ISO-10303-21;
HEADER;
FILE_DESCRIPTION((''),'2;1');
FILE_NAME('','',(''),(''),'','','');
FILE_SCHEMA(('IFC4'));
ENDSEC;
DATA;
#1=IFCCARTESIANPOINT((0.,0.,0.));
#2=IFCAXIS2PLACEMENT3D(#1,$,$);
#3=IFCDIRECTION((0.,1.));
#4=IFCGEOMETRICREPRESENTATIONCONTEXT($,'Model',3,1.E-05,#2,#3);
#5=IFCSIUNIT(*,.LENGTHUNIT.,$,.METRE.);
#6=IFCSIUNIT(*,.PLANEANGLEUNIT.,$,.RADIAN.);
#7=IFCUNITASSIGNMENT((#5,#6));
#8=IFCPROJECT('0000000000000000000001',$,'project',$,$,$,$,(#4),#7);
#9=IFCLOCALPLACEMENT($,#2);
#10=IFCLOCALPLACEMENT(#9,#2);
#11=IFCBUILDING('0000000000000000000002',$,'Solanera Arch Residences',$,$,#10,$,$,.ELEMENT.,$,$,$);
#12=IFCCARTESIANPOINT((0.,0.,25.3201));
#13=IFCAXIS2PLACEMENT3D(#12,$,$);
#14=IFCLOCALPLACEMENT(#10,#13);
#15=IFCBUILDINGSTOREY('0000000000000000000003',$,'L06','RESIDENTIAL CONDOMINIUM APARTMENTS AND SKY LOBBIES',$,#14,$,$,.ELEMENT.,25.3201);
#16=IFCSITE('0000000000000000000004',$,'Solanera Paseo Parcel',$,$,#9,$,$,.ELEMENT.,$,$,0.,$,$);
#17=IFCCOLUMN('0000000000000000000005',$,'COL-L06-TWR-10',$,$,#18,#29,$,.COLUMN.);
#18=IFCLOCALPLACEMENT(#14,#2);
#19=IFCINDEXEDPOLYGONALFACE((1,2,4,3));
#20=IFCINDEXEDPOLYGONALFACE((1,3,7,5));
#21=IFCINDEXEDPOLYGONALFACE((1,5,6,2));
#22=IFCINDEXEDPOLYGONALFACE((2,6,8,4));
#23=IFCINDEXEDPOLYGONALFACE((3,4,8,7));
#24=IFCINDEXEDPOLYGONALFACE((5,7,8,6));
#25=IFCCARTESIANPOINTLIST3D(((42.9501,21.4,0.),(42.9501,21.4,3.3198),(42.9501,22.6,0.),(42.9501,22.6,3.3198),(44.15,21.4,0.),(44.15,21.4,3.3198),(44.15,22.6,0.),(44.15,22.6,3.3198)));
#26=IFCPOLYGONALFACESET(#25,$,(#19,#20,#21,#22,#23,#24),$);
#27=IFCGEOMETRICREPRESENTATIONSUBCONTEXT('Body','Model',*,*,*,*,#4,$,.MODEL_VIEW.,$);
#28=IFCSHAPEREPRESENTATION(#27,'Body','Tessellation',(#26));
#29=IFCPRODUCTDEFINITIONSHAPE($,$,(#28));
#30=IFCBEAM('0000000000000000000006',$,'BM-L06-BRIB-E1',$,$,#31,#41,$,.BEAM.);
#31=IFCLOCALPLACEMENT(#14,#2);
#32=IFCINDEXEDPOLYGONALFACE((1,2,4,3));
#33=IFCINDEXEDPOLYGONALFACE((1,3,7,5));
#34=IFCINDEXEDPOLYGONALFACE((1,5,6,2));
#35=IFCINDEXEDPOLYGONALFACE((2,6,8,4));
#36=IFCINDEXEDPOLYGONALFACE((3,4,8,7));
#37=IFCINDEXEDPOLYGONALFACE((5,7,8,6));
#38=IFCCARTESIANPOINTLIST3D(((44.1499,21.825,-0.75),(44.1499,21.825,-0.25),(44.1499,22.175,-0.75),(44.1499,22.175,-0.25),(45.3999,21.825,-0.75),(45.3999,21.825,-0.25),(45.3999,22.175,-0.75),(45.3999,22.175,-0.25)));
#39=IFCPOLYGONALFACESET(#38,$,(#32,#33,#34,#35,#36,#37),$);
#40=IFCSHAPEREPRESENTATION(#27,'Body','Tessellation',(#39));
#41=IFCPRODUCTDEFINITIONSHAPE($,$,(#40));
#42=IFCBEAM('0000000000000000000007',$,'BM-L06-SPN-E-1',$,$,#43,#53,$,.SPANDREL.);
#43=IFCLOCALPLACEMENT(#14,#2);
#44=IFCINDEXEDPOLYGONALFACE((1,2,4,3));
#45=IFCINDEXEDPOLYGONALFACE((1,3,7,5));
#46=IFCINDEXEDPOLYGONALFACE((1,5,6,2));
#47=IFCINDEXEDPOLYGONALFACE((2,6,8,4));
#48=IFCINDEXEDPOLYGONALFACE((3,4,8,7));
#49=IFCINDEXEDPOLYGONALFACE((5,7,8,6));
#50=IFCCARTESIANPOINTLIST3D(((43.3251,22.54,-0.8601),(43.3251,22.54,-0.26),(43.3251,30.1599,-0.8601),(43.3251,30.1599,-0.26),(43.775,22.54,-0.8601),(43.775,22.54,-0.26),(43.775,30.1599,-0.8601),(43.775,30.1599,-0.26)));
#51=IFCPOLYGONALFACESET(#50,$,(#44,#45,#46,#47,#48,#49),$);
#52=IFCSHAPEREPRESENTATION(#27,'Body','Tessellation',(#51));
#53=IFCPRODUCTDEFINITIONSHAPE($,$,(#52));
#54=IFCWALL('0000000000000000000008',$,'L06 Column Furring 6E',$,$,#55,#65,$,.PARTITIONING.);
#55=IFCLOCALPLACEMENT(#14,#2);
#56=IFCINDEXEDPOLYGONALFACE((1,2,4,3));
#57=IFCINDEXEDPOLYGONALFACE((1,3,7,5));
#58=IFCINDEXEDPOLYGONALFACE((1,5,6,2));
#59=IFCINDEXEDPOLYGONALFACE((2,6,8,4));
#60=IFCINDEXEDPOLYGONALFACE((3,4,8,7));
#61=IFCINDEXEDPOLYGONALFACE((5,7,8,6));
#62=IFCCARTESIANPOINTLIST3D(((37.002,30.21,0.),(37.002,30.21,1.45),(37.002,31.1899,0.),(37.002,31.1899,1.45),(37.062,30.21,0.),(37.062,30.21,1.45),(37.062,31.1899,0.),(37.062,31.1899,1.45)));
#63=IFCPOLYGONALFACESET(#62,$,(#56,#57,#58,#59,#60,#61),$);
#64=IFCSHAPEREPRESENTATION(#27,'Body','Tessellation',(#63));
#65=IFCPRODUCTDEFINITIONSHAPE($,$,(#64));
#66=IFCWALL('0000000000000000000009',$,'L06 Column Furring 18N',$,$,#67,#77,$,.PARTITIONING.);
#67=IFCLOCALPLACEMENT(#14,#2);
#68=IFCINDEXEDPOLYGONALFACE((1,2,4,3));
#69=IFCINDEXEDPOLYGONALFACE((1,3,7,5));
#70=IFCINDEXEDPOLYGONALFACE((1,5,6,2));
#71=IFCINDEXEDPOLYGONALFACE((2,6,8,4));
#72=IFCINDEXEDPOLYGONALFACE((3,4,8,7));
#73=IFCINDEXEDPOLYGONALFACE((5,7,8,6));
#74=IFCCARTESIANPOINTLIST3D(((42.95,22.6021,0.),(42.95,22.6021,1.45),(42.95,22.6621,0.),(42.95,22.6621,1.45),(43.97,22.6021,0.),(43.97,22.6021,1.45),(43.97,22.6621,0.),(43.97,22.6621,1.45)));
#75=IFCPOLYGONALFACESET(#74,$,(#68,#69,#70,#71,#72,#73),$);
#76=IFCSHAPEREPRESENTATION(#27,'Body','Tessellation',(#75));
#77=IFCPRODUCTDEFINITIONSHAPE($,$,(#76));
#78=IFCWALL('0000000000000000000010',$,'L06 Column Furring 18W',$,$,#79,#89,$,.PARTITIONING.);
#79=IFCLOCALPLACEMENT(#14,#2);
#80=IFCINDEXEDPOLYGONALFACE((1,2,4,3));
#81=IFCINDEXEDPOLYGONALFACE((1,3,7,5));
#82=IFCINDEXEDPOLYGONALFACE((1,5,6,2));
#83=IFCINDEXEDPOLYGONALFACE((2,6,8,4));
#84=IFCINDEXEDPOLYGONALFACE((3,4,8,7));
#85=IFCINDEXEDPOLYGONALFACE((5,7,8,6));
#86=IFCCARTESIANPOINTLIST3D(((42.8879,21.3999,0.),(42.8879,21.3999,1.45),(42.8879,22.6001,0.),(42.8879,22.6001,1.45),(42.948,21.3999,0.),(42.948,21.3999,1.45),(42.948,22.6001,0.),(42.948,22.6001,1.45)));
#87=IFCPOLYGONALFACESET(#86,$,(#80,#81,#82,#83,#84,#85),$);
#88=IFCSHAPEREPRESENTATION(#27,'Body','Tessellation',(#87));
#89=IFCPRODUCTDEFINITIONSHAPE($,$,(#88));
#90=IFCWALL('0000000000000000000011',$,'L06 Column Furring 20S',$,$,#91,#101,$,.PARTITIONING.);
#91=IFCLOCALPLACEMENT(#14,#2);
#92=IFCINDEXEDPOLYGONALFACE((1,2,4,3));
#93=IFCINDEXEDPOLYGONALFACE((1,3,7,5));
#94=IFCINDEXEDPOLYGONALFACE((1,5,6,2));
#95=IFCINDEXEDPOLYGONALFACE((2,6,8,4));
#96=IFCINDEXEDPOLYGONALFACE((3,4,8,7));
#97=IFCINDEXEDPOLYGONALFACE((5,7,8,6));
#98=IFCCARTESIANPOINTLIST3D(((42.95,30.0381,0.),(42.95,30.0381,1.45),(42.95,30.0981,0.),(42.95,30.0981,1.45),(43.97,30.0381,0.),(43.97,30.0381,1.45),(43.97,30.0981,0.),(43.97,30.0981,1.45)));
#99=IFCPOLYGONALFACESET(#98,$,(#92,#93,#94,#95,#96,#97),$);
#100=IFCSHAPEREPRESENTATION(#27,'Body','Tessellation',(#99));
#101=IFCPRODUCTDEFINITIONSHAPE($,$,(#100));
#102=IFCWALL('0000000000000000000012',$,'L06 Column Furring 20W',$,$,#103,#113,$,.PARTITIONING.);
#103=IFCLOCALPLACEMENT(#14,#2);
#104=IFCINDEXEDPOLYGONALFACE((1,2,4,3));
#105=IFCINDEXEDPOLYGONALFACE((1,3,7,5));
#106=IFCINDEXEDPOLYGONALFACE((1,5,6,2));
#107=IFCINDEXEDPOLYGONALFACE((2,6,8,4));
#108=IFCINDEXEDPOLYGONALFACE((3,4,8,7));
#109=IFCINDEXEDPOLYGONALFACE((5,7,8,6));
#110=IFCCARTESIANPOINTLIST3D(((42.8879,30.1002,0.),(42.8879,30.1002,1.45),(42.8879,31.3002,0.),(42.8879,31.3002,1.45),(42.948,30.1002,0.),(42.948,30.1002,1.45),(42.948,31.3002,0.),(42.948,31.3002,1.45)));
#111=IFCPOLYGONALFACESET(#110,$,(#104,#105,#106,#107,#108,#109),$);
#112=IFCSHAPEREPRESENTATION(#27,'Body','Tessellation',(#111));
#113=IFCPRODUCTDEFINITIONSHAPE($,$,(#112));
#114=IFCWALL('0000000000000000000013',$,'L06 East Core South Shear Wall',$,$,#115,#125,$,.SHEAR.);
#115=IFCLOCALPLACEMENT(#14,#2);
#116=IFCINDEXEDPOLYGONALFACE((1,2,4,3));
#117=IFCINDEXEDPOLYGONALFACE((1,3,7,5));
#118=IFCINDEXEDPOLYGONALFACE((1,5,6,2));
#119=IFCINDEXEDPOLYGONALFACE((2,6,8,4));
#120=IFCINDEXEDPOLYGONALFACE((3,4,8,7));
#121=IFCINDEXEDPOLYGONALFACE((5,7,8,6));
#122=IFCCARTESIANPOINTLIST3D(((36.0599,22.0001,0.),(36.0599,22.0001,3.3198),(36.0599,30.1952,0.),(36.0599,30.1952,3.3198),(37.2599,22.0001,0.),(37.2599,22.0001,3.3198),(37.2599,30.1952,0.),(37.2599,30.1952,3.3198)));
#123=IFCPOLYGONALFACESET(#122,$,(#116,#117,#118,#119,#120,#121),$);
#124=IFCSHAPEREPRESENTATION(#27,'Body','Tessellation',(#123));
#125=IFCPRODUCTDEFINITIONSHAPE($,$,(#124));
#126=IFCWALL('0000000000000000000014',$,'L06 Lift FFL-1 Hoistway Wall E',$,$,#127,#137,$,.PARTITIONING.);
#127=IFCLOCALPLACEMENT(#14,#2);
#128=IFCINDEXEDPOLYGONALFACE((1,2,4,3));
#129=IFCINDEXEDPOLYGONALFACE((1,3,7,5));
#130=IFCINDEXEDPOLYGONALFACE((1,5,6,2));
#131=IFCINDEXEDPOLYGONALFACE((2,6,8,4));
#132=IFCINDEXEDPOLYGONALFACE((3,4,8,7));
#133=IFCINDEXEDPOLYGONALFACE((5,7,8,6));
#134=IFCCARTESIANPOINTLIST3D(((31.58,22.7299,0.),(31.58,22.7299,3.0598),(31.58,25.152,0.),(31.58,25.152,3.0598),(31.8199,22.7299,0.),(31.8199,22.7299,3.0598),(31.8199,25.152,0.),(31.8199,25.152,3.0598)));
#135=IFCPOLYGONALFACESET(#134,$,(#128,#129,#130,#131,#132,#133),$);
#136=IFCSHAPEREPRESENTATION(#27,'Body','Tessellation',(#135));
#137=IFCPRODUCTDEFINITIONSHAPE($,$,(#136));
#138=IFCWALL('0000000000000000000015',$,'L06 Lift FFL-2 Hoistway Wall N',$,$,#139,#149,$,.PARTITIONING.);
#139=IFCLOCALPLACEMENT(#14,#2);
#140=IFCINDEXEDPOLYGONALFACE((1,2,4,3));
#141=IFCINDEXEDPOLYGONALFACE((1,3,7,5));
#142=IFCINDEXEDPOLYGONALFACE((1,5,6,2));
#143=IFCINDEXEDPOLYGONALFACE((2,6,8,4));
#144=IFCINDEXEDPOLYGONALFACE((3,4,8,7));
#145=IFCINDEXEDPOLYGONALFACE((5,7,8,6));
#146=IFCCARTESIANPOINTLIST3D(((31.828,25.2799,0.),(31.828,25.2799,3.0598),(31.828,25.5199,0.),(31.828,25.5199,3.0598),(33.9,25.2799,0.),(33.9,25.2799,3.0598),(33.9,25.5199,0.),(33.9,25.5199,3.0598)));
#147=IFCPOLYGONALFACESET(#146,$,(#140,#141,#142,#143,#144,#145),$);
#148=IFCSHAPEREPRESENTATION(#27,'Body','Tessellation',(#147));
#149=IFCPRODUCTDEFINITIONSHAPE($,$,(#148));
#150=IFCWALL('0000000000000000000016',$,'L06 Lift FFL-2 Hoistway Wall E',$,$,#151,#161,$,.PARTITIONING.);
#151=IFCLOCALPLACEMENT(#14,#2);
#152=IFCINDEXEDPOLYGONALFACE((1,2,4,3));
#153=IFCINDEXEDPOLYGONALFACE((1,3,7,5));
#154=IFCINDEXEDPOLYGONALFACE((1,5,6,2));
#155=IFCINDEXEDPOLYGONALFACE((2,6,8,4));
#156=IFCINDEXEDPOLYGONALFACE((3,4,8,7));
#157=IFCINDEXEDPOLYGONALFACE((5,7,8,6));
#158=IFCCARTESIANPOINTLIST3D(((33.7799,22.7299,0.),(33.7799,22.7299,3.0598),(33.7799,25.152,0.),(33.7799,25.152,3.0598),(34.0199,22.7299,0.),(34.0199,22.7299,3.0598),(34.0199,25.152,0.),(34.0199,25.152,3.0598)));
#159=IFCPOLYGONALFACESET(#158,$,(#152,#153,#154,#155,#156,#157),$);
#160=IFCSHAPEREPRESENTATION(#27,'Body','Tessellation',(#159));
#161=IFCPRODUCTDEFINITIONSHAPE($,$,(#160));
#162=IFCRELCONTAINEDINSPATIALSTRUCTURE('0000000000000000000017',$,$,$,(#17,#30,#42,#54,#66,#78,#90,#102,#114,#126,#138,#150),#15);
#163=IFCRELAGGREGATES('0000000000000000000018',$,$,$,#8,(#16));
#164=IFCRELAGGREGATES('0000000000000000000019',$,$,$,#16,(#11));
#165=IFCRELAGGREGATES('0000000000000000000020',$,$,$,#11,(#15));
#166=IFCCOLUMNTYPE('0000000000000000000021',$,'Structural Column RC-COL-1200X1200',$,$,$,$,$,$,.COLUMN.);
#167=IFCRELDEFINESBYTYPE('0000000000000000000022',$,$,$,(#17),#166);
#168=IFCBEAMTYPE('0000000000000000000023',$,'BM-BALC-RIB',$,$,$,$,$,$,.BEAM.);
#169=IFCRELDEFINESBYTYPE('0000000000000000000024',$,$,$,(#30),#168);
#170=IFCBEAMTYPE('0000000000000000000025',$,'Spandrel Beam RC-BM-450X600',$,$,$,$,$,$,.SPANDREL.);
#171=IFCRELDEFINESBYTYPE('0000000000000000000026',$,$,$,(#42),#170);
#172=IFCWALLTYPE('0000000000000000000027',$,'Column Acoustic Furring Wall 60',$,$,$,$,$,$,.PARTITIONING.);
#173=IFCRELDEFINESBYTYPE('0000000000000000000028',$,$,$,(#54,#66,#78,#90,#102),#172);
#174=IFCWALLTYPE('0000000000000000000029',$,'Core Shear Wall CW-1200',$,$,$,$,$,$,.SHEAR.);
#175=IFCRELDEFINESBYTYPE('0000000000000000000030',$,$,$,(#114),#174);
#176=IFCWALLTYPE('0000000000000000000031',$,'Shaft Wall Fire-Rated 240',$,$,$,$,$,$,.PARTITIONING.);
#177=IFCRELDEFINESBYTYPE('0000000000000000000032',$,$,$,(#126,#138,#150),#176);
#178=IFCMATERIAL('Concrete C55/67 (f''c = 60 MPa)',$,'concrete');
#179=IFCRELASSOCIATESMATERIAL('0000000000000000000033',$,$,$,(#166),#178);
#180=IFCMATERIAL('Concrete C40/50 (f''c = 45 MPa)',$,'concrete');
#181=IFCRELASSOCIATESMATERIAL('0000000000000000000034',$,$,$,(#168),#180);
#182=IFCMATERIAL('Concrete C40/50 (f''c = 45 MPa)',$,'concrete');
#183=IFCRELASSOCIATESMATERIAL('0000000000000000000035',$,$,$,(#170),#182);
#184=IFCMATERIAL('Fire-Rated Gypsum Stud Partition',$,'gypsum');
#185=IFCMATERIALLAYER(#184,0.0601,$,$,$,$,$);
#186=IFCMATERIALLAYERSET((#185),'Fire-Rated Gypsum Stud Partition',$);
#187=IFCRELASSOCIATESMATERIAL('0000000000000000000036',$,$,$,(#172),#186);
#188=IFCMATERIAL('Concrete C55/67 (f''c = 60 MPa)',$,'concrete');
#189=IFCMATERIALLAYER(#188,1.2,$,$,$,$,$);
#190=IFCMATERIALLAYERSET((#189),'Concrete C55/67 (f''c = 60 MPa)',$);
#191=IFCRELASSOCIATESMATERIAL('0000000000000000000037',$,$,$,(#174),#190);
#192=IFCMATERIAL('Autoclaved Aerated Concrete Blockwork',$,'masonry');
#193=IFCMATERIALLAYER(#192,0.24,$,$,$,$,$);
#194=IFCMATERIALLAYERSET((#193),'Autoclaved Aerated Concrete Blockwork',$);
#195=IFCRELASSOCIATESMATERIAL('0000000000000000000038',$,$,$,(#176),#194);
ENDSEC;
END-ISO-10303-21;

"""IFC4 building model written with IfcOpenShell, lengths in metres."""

from ifc_helpers import new_model, si_unit, direction, frame, frame_2d, origin, origin_2d, place, context, subcontext, project, spatial, rectangle, extrude, material, layer, layer_set, material_profile, profile_set, type_object, element, save


model = new_model("IFC4")

# Units and contexts
model_context = context("Model", 3, precision=1e-05, world=origin(), true_north=direction((0.0, 1.0)))
body_context = subcontext(model_context, "Body", "Model", "MODEL_VIEW")
ifc_project = project(units=[si_unit("LENGTHUNIT", "METRE"), si_unit("PLANEANGLEUNIT", "RADIAN")], contexts=[model_context])

# Site, building, storey
site_placement = place(None, origin())
site = spatial("IfcSite", under=ifc_project, at=site_placement, Name="Solanera Paseo Parcel", CompositionType="ELEMENT", RefElevation=0.0)
building_placement = place(site_placement, origin())
building = spatial("IfcBuilding", under=site, at=building_placement, Name="Solanera Arch Residences", CompositionType="ELEMENT")
storey_placement = place(building_placement, frame((0.0, 0.0, 25.3201)))
storey = spatial("IfcBuildingStorey", under=building, at=storey_placement, Name="L06", Description="RESIDENTIAL CONDOMINIUM APARTMENTS AND SKY LOBBIES", CompositionType="ELEMENT", Elevation=25.3201)

# Column
ifc_material_1 = material(Name="Concrete C55/67 (f'c = 60 MPa)", Category="concrete")
ifc_material_profile_1 = material_profile(ifc_material_1, rectangle(XDim=1.2, YDim=1.2, at=origin_2d()))
ifc_profile_set_1 = profile_set([ifc_material_profile_1], Name="Concrete C55/67 (f'c = 60 MPa)")
column_type = type_object("IfcColumnType", Name="Structural Column RC-COL-1200X1200", PredefinedType="COLUMN", material=ifc_profile_set_1)
column_placement = place(storey_placement, frame((43.55, 22.0, 0.0), z_axis=(0.0, 0.0, 1.0), x_axis=(1.0, 0.0, 0.0)))
element("IfcColumn", 1, at=column_placement, inside=storey, type_object=column_type, Name="COL-L06-TWR-10", PredefinedType="COLUMN", context=body_context, shape_type="SweptSolid", body=[
    extrude(rectangle(XDim=1.2, YDim=1.2, at=origin_2d()), origin(), (0.0, 0.0, 1.0), 3.3198),
])

# Beams
ifc_material_2 = material(Name="Concrete C40/50 (f'c = 45 MPa)", Category="concrete")
ifc_material_profile_2 = material_profile(ifc_material_2, rectangle(XDim=0.3501, YDim=0.5, at=origin_2d()))
ifc_profile_set_2 = profile_set([ifc_material_profile_2], Name="Concrete C40/50 (f'c = 45 MPa)")
beam_type_1 = type_object("IfcBeamType", Name="BM-BALC-RIB", PredefinedType="BEAM", material=ifc_profile_set_2)
beam_1_placement = place(storey_placement, frame((44.1499, 22.0, -0.5), z_axis=(1.0, 0.0, 0.0), x_axis=(0.0, 1.0, 0.0)))
element("IfcBeam", 2, at=beam_1_placement, inside=storey, type_object=beam_type_1, Name="BM-L06-BRIB-E1", PredefinedType="BEAM", context=body_context, shape_type="SweptSolid", body=[
    extrude(rectangle(XDim=0.3501, YDim=0.5, at=origin_2d()), origin(), (0.0, 0.0, 1.0), 1.25),
])
ifc_material_3 = material(Name="Concrete C40/50 (f'c = 45 MPa)", Category="concrete")
ifc_material_profile_3 = material_profile(ifc_material_3, rectangle(XDim=0.45, YDim=0.6001, at=origin_2d()))
ifc_profile_set_3 = profile_set([ifc_material_profile_3], Name="Concrete C40/50 (f'c = 45 MPa)")
beam_type_2 = type_object("IfcBeamType", Name="Spandrel Beam RC-BM-450X600", PredefinedType="SPANDREL", material=ifc_profile_set_3)
beam_2_placement = place(storey_placement, frame((43.55, 22.54, -0.5601), z_axis=(0.0, 1.0, 0.0), x_axis=(-1.0, 0.0, 0.0)))
element("IfcBeam", 3, at=beam_2_placement, inside=storey, type_object=beam_type_2, Name="BM-L06-SPN-E-1", PredefinedType="SPANDREL", context=body_context, shape_type="SweptSolid", body=[
    extrude(rectangle(XDim=0.45, YDim=0.6001, at=origin_2d()), origin(), (0.0, 0.0, 1.0), 7.6199),
])

# Walls
ifc_material_4 = material(Name="Fire-Rated Gypsum Stud Partition", Category="gypsum")
ifc_layer_1 = layer(ifc_material_4, 0.0601)
ifc_layer_set_1 = layer_set([ifc_layer_1], Name="Fire-Rated Gypsum Stud Partition")
wall_type_1 = type_object("IfcWallType", Name="Column Acoustic Furring Wall 60", PredefinedType="PARTITIONING", material=ifc_layer_set_1)
wall_1_placement = place(storey_placement, frame((37.032, 30.21, 0.0), z_axis=(0.0, 0.0, 1.0), x_axis=(0.0, 1.0, 0.0)))
element("IfcWall", 4, at=wall_1_placement, inside=storey, type_object=wall_type_1, Name="L06 Column Furring 6E", PredefinedType="PARTITIONING", context=body_context, shape_type="SweptSolid", body=[
    extrude(rectangle(XDim=0.98, YDim=0.0601, at=frame_2d((0.49, 0.0))), origin(), (0.0, 0.0, 1.0), 1.45),
])
wall_2_placement = place(storey_placement, frame((42.95, 22.6321, 0.0), z_axis=(0.0, 0.0, 1.0), x_axis=(1.0, 0.0, 0.0)))
element("IfcWall", 5, at=wall_2_placement, inside=storey, type_object=wall_type_1, Name="L06 Column Furring 18N", PredefinedType="PARTITIONING", context=body_context, shape_type="SweptSolid", body=[
    extrude(rectangle(XDim=1.02, YDim=0.0601, at=frame_2d((0.51, 0.0))), origin(), (0.0, 0.0, 1.0), 1.45),
])
wall_3_placement = place(storey_placement, frame((42.918, 21.3999, 0.0), z_axis=(0.0, 0.0, 1.0), x_axis=(0.0, 1.0, 0.0)))
element("IfcWall", 6, at=wall_3_placement, inside=storey, type_object=wall_type_1, Name="L06 Column Furring 18W", PredefinedType="PARTITIONING", context=body_context, shape_type="SweptSolid", body=[
    extrude(rectangle(XDim=1.2002, YDim=0.0601, at=frame_2d((0.6001, 0.0))), origin(), (0.0, 0.0, 1.0), 1.45),
])
wall_4_placement = place(storey_placement, frame((42.95, 30.0681, 0.0), z_axis=(0.0, 0.0, 1.0), x_axis=(1.0, 0.0, 0.0)))
element("IfcWall", 7, at=wall_4_placement, inside=storey, type_object=wall_type_1, Name="L06 Column Furring 20S", PredefinedType="PARTITIONING", context=body_context, shape_type="SweptSolid", body=[
    extrude(rectangle(XDim=1.02, YDim=0.0601, at=frame_2d((0.51, 0.0))), origin(), (0.0, 0.0, 1.0), 1.45),
])
wall_5_placement = place(storey_placement, frame((42.918, 30.1001, 0.0), z_axis=(0.0, 0.0, 1.0), x_axis=(0.0, 1.0, 0.0)))
element("IfcWall", 8, at=wall_5_placement, inside=storey, type_object=wall_type_1, Name="L06 Column Furring 20W", PredefinedType="PARTITIONING", context=body_context, shape_type="SweptSolid", body=[
    extrude(rectangle(XDim=1.2, YDim=0.0601, at=frame_2d((0.6001, 0.0))), origin(), (0.0, 0.0, 1.0), 1.45),
])
ifc_material_5 = material(Name="Concrete C55/67 (f'c = 60 MPa)", Category="concrete")
ifc_layer_2 = layer(ifc_material_5, 1.2)
ifc_layer_set_2 = layer_set([ifc_layer_2], Name="Concrete C55/67 (f'c = 60 MPa)")
wall_type_2 = type_object("IfcWallType", Name="Core Shear Wall CW-1200", PredefinedType="SHEAR", material=ifc_layer_set_2)
wall_6_placement = place(storey_placement, frame((36.6599, 22.0, 0.0), z_axis=(0.0, 0.0, 1.0), x_axis=(0.0, 1.0, 0.0)))
element("IfcWall", 9, at=wall_6_placement, inside=storey, type_object=wall_type_2, Name="L06 East Core South Shear Wall", PredefinedType="SHEAR", context=body_context, shape_type="SweptSolid", body=[
    extrude(rectangle(XDim=8.1951, YDim=1.2, at=frame_2d((4.0977, 0.0))), origin(), (0.0, 0.0, 1.0), 3.3198),
])
ifc_material_6 = material(Name="Autoclaved Aerated Concrete Blockwork", Category="masonry")
ifc_layer_3 = layer(ifc_material_6, 0.24)
ifc_layer_set_3 = layer_set([ifc_layer_3], Name="Autoclaved Aerated Concrete Blockwork")
wall_type_3 = type_object("IfcWallType", Name="Shaft Wall Fire-Rated 240", PredefinedType="PARTITIONING", material=ifc_layer_set_3)
wall_7_placement = place(storey_placement, frame((31.7, 22.73, 0.0), z_axis=(0.0, 0.0, 1.0), x_axis=(0.0, 1.0, 0.0)))
element("IfcWall", 10, at=wall_7_placement, inside=storey, type_object=wall_type_3, Name="L06 Lift FFL-1 Hoistway Wall E", PredefinedType="PARTITIONING", context=body_context, shape_type="SweptSolid", body=[
    extrude(rectangle(XDim=2.4221, YDim=0.24, at=frame_2d((1.2109, 0.0))), origin(), (0.0, 0.0, 1.0), 3.0598),
])
wall_8_placement = place(storey_placement, frame((31.8279, 25.3999, 0.0), z_axis=(0.0, 0.0, 1.0), x_axis=(1.0, 0.0, 0.0)))
element("IfcWall", 11, at=wall_8_placement, inside=storey, type_object=wall_type_3, Name="L06 Lift FFL-2 Hoistway Wall N", PredefinedType="PARTITIONING", context=body_context, shape_type="SweptSolid", body=[
    extrude(rectangle(XDim=2.072, YDim=0.24, at=frame_2d((1.0361, 0.0))), origin(), (0.0, 0.0, 1.0), 3.0598),
])
wall_9_placement = place(storey_placement, frame((33.8999, 22.73, 0.0), z_axis=(0.0, 0.0, 1.0), x_axis=(0.0, 1.0, 0.0)))
element("IfcWall", 12, at=wall_9_placement, inside=storey, type_object=wall_type_3, Name="L06 Lift FFL-2 Hoistway Wall E", PredefinedType="PARTITIONING", context=body_context, shape_type="SweptSolid", body=[
    extrude(rectangle(XDim=2.4221, YDim=0.24, at=frame_2d((1.2109, 0.0))), origin(), (0.0, 0.0, 1.0), 3.0598),
])

save(model, "model.ifc")
